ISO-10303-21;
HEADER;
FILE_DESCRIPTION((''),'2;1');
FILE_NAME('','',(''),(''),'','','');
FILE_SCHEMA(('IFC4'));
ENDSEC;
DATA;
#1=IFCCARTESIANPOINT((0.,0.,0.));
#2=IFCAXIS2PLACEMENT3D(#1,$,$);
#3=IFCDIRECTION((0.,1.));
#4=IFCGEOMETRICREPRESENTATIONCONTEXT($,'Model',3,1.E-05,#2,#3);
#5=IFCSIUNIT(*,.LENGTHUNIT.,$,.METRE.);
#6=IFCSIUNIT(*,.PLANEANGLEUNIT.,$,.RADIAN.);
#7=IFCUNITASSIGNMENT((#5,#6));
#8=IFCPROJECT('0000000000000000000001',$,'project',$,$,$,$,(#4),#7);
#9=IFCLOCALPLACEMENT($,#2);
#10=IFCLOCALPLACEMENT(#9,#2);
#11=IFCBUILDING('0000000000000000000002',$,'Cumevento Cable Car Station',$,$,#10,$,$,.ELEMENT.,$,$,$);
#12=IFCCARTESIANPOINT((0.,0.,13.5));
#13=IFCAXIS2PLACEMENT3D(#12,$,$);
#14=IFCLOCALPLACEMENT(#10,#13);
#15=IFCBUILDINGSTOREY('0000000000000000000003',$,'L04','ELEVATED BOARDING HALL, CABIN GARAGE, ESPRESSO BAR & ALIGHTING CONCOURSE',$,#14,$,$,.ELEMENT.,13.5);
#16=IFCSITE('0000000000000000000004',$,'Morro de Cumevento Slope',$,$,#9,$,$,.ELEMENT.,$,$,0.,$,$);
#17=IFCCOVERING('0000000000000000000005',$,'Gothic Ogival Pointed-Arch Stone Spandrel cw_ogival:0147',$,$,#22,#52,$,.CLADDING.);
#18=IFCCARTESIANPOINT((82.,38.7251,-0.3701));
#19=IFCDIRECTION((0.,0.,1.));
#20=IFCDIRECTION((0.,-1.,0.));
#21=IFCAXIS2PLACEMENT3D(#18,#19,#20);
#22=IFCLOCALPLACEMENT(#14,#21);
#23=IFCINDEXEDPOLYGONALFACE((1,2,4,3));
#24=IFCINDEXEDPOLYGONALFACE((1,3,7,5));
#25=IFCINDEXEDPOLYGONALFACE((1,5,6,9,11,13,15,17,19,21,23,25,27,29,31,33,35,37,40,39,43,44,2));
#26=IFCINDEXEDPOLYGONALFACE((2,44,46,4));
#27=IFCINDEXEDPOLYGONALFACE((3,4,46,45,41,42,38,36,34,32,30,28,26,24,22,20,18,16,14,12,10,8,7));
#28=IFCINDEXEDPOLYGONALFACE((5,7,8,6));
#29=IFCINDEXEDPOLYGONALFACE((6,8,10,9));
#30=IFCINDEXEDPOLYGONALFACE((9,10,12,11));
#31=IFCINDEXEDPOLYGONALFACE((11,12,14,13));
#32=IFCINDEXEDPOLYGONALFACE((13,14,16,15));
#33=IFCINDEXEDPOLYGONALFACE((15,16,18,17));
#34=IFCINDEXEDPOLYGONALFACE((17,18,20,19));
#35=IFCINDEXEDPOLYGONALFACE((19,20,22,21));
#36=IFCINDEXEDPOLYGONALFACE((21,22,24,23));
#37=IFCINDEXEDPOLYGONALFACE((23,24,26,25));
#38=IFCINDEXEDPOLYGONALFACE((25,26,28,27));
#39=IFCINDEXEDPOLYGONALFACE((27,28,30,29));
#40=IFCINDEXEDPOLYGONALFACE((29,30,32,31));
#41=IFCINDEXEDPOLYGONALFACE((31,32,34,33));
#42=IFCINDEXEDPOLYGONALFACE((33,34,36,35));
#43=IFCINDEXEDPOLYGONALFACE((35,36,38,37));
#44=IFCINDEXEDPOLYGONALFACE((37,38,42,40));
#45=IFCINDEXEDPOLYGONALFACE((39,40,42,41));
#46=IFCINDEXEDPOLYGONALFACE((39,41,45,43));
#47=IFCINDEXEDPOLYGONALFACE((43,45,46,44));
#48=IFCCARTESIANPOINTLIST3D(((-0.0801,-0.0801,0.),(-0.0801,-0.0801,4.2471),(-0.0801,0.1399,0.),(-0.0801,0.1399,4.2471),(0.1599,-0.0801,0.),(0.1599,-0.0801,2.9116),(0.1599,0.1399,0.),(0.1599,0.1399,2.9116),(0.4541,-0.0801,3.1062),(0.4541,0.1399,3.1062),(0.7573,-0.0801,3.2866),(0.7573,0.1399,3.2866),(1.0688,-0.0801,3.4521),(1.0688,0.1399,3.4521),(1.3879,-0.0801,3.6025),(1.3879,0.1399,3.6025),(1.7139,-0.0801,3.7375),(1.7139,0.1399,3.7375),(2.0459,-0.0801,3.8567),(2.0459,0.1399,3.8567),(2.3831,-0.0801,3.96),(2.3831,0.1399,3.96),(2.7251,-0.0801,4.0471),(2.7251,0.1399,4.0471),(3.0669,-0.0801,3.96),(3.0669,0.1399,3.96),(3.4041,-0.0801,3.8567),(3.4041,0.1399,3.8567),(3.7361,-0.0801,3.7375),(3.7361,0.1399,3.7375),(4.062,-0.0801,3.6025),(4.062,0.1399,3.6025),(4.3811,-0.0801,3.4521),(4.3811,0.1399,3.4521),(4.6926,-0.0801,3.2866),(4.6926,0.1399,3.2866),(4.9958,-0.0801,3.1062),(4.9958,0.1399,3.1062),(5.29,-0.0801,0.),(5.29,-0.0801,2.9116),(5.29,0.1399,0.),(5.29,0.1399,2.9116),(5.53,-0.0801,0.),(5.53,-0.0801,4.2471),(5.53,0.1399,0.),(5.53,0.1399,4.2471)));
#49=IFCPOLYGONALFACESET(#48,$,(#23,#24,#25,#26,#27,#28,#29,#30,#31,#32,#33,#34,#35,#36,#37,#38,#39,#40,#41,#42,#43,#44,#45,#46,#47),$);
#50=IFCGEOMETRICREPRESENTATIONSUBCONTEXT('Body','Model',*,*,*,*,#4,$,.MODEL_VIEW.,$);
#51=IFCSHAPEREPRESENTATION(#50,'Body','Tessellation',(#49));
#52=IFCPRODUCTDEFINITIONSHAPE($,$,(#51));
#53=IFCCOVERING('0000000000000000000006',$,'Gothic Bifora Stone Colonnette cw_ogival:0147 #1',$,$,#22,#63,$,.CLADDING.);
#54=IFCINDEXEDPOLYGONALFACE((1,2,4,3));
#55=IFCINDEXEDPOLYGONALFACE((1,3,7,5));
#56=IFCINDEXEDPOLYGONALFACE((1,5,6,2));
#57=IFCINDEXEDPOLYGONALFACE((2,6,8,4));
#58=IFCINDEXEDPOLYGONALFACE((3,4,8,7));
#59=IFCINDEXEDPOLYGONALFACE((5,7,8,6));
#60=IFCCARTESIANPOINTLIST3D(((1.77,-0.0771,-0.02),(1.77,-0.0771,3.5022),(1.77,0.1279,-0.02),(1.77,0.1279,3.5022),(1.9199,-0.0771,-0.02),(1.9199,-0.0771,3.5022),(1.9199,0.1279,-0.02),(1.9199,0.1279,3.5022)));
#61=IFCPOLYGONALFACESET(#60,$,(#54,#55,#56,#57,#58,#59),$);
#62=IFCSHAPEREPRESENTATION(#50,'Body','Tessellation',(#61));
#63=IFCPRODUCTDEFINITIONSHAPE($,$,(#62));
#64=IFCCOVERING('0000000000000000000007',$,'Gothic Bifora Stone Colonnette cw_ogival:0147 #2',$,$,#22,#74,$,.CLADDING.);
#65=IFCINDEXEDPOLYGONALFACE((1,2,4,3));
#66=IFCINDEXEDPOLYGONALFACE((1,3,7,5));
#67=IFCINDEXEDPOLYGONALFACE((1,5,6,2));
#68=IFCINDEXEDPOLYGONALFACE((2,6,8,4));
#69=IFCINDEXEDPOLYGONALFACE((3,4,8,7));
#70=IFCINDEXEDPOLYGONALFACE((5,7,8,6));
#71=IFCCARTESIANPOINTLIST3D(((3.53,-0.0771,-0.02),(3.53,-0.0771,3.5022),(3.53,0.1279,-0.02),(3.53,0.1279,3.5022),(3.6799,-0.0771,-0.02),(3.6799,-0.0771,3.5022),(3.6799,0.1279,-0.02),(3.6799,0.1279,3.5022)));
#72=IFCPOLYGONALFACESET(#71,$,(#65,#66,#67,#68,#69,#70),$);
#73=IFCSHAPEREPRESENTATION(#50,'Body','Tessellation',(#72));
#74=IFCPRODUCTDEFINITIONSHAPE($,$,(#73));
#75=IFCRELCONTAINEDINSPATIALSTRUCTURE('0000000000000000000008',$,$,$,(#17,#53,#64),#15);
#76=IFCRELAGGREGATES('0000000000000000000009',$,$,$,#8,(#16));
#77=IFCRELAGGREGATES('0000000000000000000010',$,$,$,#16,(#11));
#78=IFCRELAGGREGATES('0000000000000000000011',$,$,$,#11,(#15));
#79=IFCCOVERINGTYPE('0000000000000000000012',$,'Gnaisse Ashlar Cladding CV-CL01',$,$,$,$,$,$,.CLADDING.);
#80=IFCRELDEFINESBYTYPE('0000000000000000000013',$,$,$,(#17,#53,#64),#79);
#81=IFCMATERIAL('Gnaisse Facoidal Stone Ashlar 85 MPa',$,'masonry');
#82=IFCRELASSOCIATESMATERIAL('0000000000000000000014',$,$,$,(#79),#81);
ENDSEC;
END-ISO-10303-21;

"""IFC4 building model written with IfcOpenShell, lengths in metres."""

from ifc_helpers import new_model, si_unit, direction, frame, origin, place, context, subcontext, project, spatial, polyline, outline, extrude, material, type_object, element, save


model = new_model("IFC4")

# Units and contexts
model_context = context("Model", 3, precision=1e-05, world=origin(), true_north=direction((0.0, 1.0)))
body_context = subcontext(model_context, "Body", "Model", "MODEL_VIEW")
ifc_project = project(units=[si_unit("LENGTHUNIT", "METRE"), si_unit("PLANEANGLEUNIT", "RADIAN")], contexts=[model_context])

# Site, building, storey
site_placement = place(None, origin())
site = spatial("IfcSite", under=ifc_project, at=site_placement, Name="Morro de Cumevento Slope", CompositionType="ELEMENT", RefElevation=0.0)
building_placement = place(site_placement, origin())
building = spatial("IfcBuilding", under=site, at=building_placement, Name="Cumevento Cable Car Station", CompositionType="ELEMENT")
storey_placement = place(building_placement, frame((0.0, 0.0, 13.5)))
storey = spatial("IfcBuildingStorey", under=building, at=storey_placement, Name="L04", Description="ELEVATED BOARDING HALL, CABIN GARAGE, ESPRESSO BAR & ALIGHTING CONCOURSE", CompositionType="ELEMENT", Elevation=13.5)

# Coverings
ifc_material_1 = material(Name="Gnaisse Facoidal Stone Ashlar 85 MPa", Category="masonry")
covering_type = type_object("IfcCoveringType", Name="Gnaisse Ashlar Cladding CV-CL01", PredefinedType="CLADDING", material=ifc_material_1)
placement = place(storey_placement, frame((82.0, 38.7251, -0.3701), z_axis=(0.0, 0.0, 1.0), x_axis=(0.0, -1.0, 0.0)))
element("IfcCovering", 1, at=placement, inside=storey, type_object=covering_type, Name="Gothic Ogival Pointed-Arch Stone Spandrel cw_ogival:0147", PredefinedType="CLADDING", context=body_context, shape_type="SweptSolid", body=[
    extrude(outline(polyline([(-0.0801, 0.0), (-0.0801, 4.2471), (5.53, 4.2471), (5.53, 0.0), (5.29, 0.0), (5.29, 2.9116), (4.9958, 3.1062), (4.6926, 3.2866), (4.3811, 3.4521), (4.062, 3.6025), (3.7361, 3.7375), (3.4041, 3.8567), (3.0669, 3.96), (2.7251, 4.0471), (2.3831, 3.96), (2.0459, 3.8567), (1.7139, 3.7375), (1.3879, 3.6025), (1.0688, 3.4521), (0.7573, 3.2866), (0.4541, 3.1062), (0.1599, 2.9116), (0.1599, 0.0), (-0.0801, 0.0)])), frame((0.0, 0.1399, 0.0), z_axis=(0.0, -1.0, 0.0), x_axis=(1.0, 0.0, 0.0)), (0.0, 0.0, 1.0), 0.22),
])
element("IfcCovering", 2, at=placement, inside=storey, type_object=covering_type, Name="Gothic Bifora Stone Colonnette cw_ogival:0147 #1", PredefinedType="CLADDING", context=body_context, shape_type="SweptSolid", body=[
    extrude(outline(polyline([(1.77, -0.02), (1.9199, -0.02), (1.9199, 3.5022), (1.77, 3.5022), (1.77, -0.02)])), frame((0.0, 0.1279, 0.0), z_axis=(0.0, -1.0, 0.0), x_axis=(1.0, 0.0, 0.0)), (0.0, 0.0, 1.0), 0.2051),
])
element("IfcCovering", 3, at=placement, inside=storey, type_object=covering_type, Name="Gothic Bifora Stone Colonnette cw_ogival:0147 #2", PredefinedType="CLADDING", context=body_context, shape_type="SweptSolid", body=[
    extrude(outline(polyline([(3.53, -0.02), (3.6799, -0.02), (3.6799, 3.5022), (3.53, 3.5022), (3.53, -0.02)])), frame((0.0, 0.1279, 0.0), z_axis=(0.0, -1.0, 0.0), x_axis=(1.0, 0.0, 0.0)), (0.0, 0.0, 1.0), 0.2051),
])

save(model, "model.ifc")
